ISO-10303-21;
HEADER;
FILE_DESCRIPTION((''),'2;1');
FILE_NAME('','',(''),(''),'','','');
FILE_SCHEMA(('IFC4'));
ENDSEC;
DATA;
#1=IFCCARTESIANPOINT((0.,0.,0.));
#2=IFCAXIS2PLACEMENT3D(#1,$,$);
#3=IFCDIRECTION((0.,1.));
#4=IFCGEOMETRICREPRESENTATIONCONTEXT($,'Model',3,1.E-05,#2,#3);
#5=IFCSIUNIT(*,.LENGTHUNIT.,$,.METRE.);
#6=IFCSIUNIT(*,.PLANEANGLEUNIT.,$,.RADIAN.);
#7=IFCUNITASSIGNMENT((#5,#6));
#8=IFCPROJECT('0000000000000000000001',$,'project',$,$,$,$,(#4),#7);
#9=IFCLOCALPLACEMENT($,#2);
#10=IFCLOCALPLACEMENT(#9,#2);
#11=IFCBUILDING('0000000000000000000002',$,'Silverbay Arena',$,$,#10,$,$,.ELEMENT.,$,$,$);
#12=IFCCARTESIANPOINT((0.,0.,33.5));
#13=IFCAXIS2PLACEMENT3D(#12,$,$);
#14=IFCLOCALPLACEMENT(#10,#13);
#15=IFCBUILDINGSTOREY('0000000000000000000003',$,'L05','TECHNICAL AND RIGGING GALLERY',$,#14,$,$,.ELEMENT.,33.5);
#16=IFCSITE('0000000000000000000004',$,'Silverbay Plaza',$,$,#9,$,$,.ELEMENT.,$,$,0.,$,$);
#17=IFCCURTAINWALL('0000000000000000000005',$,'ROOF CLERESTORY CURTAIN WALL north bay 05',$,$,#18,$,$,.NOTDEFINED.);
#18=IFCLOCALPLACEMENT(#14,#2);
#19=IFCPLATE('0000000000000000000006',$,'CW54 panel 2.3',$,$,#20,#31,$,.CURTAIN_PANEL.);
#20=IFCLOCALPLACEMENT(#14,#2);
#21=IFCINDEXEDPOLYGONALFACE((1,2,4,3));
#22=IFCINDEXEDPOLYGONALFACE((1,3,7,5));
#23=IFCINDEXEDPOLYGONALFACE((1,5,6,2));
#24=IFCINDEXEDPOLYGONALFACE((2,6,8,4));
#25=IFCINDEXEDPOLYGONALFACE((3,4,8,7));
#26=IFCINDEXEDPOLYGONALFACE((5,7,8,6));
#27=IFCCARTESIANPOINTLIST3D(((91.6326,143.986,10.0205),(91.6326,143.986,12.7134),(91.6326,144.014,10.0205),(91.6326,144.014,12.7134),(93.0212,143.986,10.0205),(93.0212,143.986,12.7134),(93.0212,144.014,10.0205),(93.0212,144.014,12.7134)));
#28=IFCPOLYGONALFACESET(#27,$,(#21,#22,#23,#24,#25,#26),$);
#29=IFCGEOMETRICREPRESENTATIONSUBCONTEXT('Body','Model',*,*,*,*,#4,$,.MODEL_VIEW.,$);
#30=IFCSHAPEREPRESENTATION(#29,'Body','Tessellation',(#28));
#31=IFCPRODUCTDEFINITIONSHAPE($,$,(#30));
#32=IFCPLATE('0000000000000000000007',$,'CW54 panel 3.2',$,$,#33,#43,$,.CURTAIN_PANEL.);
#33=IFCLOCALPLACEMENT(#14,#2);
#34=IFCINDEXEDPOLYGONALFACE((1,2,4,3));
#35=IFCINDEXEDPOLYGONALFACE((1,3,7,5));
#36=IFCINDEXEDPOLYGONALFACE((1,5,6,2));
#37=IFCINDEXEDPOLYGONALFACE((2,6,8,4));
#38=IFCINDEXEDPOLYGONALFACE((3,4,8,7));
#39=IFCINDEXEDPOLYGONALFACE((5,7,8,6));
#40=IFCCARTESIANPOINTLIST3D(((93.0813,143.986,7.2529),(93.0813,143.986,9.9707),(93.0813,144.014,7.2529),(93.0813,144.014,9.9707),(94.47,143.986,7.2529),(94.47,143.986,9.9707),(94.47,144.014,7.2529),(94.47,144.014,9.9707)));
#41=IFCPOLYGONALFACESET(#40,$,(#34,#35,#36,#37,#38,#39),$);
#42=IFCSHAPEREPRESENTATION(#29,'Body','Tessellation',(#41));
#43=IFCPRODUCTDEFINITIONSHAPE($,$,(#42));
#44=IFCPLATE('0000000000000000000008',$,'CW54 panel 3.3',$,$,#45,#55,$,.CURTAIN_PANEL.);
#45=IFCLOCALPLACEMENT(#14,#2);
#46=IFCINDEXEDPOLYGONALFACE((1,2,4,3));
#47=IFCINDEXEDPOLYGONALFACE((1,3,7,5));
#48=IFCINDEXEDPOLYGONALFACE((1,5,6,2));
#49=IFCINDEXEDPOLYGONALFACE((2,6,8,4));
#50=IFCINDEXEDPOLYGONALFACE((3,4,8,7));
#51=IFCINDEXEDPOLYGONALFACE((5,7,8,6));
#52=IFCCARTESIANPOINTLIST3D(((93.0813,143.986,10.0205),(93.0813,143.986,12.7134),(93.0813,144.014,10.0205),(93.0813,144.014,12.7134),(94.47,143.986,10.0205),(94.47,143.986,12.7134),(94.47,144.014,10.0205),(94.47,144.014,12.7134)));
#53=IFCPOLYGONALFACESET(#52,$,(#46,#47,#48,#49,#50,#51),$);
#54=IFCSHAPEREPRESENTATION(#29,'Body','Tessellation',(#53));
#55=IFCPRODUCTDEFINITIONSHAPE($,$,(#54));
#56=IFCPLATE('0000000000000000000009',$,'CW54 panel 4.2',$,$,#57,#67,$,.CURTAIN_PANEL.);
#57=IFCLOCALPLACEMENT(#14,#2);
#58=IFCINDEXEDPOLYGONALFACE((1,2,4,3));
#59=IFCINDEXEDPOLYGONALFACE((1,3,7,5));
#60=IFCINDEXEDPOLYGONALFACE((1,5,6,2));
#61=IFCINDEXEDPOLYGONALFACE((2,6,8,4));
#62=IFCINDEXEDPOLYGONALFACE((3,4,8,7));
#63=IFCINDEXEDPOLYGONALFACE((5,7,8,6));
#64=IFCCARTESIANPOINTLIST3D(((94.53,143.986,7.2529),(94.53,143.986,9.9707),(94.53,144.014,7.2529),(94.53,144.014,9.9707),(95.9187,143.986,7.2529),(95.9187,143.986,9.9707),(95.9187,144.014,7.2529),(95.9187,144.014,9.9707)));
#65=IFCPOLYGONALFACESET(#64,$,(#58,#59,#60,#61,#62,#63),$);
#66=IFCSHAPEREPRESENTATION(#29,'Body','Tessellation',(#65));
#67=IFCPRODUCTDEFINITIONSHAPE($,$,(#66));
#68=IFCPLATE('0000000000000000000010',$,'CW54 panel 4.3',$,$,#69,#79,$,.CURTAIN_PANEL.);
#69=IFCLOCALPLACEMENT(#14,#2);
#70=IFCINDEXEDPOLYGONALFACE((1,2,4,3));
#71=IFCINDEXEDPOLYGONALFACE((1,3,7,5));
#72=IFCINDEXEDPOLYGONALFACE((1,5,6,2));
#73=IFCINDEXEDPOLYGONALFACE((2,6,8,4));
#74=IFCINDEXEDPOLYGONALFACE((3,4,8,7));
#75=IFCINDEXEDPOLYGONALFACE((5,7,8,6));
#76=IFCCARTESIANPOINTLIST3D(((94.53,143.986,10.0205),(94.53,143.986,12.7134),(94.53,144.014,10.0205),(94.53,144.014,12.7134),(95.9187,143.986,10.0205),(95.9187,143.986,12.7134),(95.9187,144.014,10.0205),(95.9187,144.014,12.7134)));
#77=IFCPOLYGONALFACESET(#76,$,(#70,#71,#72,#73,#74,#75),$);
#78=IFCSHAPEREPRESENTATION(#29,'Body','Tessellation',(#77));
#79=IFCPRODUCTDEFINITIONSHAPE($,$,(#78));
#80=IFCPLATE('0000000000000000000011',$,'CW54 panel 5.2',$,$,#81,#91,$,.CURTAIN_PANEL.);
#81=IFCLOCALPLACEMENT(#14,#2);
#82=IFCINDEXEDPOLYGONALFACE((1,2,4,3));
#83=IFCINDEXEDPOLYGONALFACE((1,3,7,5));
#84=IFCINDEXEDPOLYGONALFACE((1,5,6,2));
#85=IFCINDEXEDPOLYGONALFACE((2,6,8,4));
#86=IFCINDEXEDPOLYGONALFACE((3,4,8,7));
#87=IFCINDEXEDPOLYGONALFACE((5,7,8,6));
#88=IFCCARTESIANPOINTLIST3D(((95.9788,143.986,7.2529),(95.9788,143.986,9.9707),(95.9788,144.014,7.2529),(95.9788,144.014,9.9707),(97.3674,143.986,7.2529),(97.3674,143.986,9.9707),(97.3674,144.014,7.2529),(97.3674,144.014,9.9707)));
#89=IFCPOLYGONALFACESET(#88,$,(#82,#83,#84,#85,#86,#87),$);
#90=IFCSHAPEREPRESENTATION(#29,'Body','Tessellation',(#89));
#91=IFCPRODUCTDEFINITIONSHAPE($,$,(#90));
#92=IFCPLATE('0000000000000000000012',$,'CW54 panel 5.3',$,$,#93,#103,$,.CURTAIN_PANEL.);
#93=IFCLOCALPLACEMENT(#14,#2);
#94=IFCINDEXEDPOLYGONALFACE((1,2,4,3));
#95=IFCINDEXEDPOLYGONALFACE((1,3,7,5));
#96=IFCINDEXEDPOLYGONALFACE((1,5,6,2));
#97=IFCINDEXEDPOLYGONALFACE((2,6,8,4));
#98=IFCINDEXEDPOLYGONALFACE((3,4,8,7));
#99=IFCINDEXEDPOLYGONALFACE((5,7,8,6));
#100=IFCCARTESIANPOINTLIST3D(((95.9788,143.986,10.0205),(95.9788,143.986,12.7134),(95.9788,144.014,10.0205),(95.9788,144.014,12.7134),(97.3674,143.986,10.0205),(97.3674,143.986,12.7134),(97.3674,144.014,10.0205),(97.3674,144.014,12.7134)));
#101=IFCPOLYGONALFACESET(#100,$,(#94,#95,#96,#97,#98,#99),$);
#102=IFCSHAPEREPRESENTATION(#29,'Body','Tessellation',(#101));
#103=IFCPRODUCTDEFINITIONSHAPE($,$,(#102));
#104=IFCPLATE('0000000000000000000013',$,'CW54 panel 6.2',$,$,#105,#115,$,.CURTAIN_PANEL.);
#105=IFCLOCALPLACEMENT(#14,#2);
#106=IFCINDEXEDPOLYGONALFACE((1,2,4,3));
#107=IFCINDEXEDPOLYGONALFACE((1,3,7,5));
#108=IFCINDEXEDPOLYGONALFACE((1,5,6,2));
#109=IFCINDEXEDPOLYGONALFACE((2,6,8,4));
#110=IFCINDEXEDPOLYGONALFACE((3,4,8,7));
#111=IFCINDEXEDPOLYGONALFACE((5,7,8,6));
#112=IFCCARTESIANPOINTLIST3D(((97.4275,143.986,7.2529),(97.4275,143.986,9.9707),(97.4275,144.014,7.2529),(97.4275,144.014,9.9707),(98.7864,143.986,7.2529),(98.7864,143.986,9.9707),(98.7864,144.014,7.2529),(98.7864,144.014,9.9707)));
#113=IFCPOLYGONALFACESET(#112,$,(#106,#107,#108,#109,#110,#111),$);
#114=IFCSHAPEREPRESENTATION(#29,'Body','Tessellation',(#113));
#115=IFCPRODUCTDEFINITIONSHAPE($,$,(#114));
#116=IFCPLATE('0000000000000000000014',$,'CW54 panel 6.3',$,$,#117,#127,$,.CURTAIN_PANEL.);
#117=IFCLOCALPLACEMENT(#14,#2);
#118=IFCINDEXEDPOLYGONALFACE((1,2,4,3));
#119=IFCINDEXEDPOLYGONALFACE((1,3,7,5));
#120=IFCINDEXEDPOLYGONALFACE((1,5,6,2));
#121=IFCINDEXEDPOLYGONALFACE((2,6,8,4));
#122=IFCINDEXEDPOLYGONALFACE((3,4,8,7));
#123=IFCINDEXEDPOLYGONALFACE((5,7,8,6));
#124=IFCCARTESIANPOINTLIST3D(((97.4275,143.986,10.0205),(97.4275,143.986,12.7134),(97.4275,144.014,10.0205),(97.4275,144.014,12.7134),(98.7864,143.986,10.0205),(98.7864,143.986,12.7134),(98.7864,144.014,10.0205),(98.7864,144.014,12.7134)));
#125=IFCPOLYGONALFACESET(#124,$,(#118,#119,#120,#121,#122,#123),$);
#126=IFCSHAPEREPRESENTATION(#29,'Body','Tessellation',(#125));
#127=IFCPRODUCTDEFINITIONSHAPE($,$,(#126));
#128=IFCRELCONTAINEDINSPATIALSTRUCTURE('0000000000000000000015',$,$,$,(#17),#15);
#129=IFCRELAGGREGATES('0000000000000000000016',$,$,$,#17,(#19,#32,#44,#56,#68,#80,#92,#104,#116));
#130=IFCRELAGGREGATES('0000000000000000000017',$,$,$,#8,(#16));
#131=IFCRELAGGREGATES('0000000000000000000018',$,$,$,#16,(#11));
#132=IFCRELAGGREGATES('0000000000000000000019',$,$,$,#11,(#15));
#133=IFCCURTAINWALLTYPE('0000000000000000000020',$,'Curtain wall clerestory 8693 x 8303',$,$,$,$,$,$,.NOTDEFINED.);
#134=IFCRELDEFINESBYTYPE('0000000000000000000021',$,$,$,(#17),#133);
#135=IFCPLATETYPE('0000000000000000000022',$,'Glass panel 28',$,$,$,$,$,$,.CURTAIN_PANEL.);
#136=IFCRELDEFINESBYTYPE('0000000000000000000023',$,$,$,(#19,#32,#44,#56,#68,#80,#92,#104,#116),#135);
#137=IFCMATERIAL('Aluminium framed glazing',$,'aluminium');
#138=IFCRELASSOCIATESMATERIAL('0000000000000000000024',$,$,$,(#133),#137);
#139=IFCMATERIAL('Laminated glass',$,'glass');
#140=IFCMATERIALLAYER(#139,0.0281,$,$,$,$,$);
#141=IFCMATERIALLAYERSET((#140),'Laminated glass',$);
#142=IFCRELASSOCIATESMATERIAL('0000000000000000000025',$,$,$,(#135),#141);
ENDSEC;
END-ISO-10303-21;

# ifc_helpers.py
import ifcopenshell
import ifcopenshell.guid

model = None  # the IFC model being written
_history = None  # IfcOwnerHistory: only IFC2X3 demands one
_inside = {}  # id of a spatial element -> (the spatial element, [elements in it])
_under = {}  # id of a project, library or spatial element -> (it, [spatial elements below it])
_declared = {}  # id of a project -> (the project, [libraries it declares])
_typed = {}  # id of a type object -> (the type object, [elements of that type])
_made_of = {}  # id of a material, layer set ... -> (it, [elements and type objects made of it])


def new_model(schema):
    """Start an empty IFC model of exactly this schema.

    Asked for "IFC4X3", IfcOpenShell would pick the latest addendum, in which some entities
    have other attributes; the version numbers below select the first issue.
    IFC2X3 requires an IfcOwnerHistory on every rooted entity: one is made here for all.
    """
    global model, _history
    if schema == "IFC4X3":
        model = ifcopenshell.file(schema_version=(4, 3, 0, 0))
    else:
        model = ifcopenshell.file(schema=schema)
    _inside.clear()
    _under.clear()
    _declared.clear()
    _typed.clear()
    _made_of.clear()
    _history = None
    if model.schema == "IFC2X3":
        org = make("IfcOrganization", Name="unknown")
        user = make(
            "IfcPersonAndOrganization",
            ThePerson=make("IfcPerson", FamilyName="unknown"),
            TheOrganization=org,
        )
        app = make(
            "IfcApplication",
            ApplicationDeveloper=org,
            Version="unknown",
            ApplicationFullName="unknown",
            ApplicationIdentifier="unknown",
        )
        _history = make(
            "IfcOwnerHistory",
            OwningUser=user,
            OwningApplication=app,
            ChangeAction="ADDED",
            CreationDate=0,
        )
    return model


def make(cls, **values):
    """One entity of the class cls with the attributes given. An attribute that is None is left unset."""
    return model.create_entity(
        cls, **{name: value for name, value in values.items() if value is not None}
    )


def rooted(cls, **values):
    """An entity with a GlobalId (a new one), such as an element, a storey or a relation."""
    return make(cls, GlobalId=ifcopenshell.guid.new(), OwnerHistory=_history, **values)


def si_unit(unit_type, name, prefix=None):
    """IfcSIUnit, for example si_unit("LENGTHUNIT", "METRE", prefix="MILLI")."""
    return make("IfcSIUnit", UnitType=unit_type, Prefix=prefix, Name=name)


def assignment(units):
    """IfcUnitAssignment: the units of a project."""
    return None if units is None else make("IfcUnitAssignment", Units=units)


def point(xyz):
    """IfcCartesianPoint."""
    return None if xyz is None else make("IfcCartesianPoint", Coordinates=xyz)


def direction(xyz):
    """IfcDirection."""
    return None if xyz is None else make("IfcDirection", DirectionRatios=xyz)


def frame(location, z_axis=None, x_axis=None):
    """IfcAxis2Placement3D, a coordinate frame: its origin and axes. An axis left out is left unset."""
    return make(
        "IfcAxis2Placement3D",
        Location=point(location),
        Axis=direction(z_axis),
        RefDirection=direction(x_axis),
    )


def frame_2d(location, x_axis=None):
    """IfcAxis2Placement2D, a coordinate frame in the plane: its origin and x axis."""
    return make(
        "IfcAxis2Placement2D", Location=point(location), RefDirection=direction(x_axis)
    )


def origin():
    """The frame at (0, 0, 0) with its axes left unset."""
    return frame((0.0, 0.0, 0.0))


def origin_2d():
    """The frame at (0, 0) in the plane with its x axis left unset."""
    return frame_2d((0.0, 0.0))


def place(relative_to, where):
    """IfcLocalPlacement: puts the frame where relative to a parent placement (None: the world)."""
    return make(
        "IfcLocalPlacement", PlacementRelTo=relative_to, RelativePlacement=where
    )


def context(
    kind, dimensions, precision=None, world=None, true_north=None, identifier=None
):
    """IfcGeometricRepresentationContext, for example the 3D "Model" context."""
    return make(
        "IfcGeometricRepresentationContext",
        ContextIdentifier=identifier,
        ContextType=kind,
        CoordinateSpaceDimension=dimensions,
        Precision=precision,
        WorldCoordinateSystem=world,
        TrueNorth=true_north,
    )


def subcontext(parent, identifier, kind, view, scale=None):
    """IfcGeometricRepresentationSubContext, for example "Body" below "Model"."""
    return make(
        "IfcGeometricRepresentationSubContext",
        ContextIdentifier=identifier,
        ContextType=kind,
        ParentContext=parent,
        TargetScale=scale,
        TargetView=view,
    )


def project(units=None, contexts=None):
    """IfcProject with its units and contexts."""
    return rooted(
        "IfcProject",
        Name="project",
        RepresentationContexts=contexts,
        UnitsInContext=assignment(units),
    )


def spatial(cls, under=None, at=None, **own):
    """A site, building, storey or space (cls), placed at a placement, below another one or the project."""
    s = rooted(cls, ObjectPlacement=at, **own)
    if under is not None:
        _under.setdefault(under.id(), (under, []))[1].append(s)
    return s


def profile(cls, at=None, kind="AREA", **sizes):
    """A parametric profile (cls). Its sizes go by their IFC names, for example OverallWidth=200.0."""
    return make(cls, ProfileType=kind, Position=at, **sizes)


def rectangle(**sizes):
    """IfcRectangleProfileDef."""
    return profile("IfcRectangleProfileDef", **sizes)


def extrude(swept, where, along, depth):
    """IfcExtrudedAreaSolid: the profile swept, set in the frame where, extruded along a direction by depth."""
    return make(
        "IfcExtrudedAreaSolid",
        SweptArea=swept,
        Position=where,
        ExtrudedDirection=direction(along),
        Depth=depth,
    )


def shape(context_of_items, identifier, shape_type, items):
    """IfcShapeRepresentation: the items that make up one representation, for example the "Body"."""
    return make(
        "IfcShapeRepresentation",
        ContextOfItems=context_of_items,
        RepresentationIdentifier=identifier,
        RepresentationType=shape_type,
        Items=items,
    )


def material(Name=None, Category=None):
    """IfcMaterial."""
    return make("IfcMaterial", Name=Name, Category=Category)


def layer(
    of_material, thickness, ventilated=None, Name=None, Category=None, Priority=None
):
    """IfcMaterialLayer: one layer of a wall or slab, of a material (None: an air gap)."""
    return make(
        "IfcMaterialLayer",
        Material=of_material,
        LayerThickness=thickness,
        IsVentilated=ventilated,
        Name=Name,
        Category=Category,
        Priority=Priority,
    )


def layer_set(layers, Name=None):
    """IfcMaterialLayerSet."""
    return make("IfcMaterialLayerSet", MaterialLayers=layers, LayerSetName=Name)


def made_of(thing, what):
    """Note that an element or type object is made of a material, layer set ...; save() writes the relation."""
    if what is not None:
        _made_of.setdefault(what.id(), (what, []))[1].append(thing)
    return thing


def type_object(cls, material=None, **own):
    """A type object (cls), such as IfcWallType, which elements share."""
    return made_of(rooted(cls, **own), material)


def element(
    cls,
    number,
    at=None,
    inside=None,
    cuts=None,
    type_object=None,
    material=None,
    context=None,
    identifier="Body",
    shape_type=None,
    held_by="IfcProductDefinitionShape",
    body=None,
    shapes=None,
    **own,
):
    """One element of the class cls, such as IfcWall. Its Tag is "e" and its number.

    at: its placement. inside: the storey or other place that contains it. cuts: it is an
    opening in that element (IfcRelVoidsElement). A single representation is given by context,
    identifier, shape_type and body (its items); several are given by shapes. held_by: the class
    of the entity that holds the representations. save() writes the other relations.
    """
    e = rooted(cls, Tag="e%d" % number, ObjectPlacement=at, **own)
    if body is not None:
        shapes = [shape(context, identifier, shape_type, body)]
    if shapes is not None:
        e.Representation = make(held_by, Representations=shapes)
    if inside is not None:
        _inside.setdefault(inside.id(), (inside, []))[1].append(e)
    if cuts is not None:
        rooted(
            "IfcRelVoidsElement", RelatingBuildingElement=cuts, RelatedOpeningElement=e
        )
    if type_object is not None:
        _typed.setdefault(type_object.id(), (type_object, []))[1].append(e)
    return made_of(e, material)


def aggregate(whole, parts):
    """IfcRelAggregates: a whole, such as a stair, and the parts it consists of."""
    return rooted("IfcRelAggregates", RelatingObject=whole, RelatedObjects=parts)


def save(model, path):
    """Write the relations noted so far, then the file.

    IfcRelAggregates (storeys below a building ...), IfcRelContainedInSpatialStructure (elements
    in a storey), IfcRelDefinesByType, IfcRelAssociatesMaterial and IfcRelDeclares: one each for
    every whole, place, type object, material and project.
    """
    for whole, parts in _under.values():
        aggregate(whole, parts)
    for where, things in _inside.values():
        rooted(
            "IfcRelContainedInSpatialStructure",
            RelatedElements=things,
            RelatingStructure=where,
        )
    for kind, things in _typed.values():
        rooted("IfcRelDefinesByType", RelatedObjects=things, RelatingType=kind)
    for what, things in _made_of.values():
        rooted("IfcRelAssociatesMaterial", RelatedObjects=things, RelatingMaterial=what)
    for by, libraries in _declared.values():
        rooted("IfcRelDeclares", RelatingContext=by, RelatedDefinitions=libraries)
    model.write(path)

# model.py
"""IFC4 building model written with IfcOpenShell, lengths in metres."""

from ifc_helpers import new_model, si_unit, direction, frame, origin, origin_2d, place, context, subcontext, project, spatial, rectangle, extrude, material, layer, layer_set, type_object, element, aggregate, save


model = new_model("IFC4")

# Units and contexts
model_context = context("Model", 3, precision=1e-05, world=origin(), true_north=direction((0.0, 1.0)))
body_context = subcontext(model_context, "Body", "Model", "MODEL_VIEW")
ifc_project = project(units=[si_unit("LENGTHUNIT", "METRE"), si_unit("PLANEANGLEUNIT", "RADIAN")], contexts=[model_context])

# Site, building, storey
site_placement = place(None, origin())
site = spatial("IfcSite", under=ifc_project, at=site_placement, Name="Silverbay Plaza", CompositionType="ELEMENT", RefElevation=0.0)
building_placement = place(site_placement, origin())
building = spatial("IfcBuilding", under=site, at=building_placement, Name="Silverbay Arena", CompositionType="ELEMENT")
storey_placement = place(building_placement, frame((0.0, 0.0, 33.5)))
storey = spatial("IfcBuildingStorey", under=building, at=storey_placement, Name="L05", Description="TECHNICAL AND RIGGING GALLERY", CompositionType="ELEMENT", Elevation=33.5)

# Curtain wall, plates
ifc_material_1 = material(Name="Aluminium framed glazing", Category="aluminium")
curtain_wall_type = type_object("IfcCurtainWallType", Name="Curtain wall clerestory 8693 x 8303", PredefinedType="NOTDEFINED", material=ifc_material_1)
curtain_wall_placement = place(storey_placement, origin())
curtain_wall = element("IfcCurtainWall", 1, at=curtain_wall_placement, inside=storey, type_object=curtain_wall_type, Name="ROOF CLERESTORY CURTAIN WALL north bay 05", PredefinedType="NOTDEFINED")
ifc_material_2 = material(Name="Laminated glass", Category="glass")
ifc_layer = layer(ifc_material_2, 0.0281)
ifc_layer_set = layer_set([ifc_layer], Name="Laminated glass")
plate_type = type_object("IfcPlateType", Name="Glass panel 28", PredefinedType="CURTAIN_PANEL", material=ifc_layer_set)
plate_1_placement = place(storey_placement, frame((92.3269, 144.0, 10.0205), z_axis=(0.0, 0.0, 1.0), x_axis=(1.0, 0.0, 0.0)))
plate_1 = element("IfcPlate", 2, at=plate_1_placement, type_object=plate_type, Name="CW54 panel 2.3", PredefinedType="CURTAIN_PANEL", context=body_context, shape_type="SweptSolid", body=[
    extrude(rectangle(XDim=1.3887, YDim=0.0281, at=origin_2d()), origin(), (0.0, 0.0, 1.0), 2.6929),
])
plate_2_placement = place(storey_placement, frame((93.7756, 144.0, 7.2529), z_axis=(0.0, 0.0, 1.0), x_axis=(1.0, 0.0, 0.0)))
plate_2 = element("IfcPlate", 3, at=plate_2_placement, type_object=plate_type, Name="CW54 panel 3.2", PredefinedType="CURTAIN_PANEL", context=body_context, shape_type="SweptSolid", body=[
    extrude(rectangle(XDim=1.3887, YDim=0.0281, at=origin_2d()), origin(), (0.0, 0.0, 1.0), 2.7178),
])
plate_3_placement = place(storey_placement, frame((93.7756, 144.0, 10.0205), z_axis=(0.0, 0.0, 1.0), x_axis=(1.0, 0.0, 0.0)))
plate_3 = element("IfcPlate", 4, at=plate_3_placement, type_object=plate_type, Name="CW54 panel 3.3", PredefinedType="CURTAIN_PANEL", context=body_context, shape_type="SweptSolid", body=[
    extrude(rectangle(XDim=1.3887, YDim=0.0281, at=origin_2d()), origin(), (0.0, 0.0, 1.0), 2.6929),
])
plate_4_placement = place(storey_placement, frame((95.2244, 144.0, 7.2529), z_axis=(0.0, 0.0, 1.0), x_axis=(1.0, 0.0, 0.0)))
plate_4 = element("IfcPlate", 5, at=plate_4_placement, type_object=plate_type, Name="CW54 panel 4.2", PredefinedType="CURTAIN_PANEL", context=body_context, shape_type="SweptSolid", body=[
    extrude(rectangle(XDim=1.3887, YDim=0.0281, at=origin_2d()), origin(), (0.0, 0.0, 1.0), 2.7178),
])
plate_5_placement = place(storey_placement, frame((95.2244, 144.0, 10.0205), z_axis=(0.0, 0.0, 1.0), x_axis=(1.0, 0.0, 0.0)))
plate_5 = element("IfcPlate", 6, at=plate_5_placement, type_object=plate_type, Name="CW54 panel 4.3", PredefinedType="CURTAIN_PANEL", context=body_context, shape_type="SweptSolid", body=[
    extrude(rectangle(XDim=1.3887, YDim=0.0281, at=origin_2d()), origin(), (0.0, 0.0, 1.0), 2.6929),
])
plate_6_placement = place(storey_placement, frame((96.6731, 144.0, 7.2529), z_axis=(0.0, 0.0, 1.0), x_axis=(1.0, 0.0, 0.0)))
plate_6 = element("IfcPlate", 7, at=plate_6_placement, type_object=plate_type, Name="CW54 panel 5.2", PredefinedType="CURTAIN_PANEL", context=body_context, shape_type="SweptSolid", body=[
    extrude(rectangle(XDim=1.3887, YDim=0.0281, at=origin_2d()), origin(), (0.0, 0.0, 1.0), 2.7178),
])
plate_7_placement = place(storey_placement, frame((96.6731, 144.0, 10.0205), z_axis=(0.0, 0.0, 1.0), x_axis=(1.0, 0.0, 0.0)))
plate_7 = element("IfcPlate", 8, at=plate_7_placement, type_object=plate_type, Name="CW54 panel 5.3", PredefinedType="CURTAIN_PANEL", context=body_context, shape_type="SweptSolid", body=[
    extrude(rectangle(XDim=1.3887, YDim=0.0281, at=origin_2d()), origin(), (0.0, 0.0, 1.0), 2.6929),
])
plate_8_placement = place(storey_placement, frame((98.1069, 144.0, 7.2529), z_axis=(0.0, 0.0, 1.0), x_axis=(1.0, 0.0, 0.0)))
plate_8 = element("IfcPlate", 9, at=plate_8_placement, type_object=plate_type, Name="CW54 panel 6.2", PredefinedType="CURTAIN_PANEL", context=body_context, shape_type="SweptSolid", body=[
    extrude(rectangle(XDim=1.3589, YDim=0.0281, at=origin_2d()), origin(), (0.0, 0.0, 1.0), 2.7178),
])
plate_9_placement = place(storey_placement, frame((98.1069, 144.0, 10.0205), z_axis=(0.0, 0.0, 1.0), x_axis=(1.0, 0.0, 0.0)))
plate_9 = element("IfcPlate", 10, at=plate_9_placement, type_object=plate_type, Name="CW54 panel 6.3", PredefinedType="CURTAIN_PANEL", context=body_context, shape_type="SweptSolid", body=[
    extrude(rectangle(XDim=1.3589, YDim=0.0281, at=origin_2d()), origin(), (0.0, 0.0, 1.0), 2.6929),
])
aggregate(curtain_wall, [plate_1, plate_2, plate_3, plate_4, plate_5, plate_6, plate_7, plate_8, plate_9])

save(model, "model.ifc")
